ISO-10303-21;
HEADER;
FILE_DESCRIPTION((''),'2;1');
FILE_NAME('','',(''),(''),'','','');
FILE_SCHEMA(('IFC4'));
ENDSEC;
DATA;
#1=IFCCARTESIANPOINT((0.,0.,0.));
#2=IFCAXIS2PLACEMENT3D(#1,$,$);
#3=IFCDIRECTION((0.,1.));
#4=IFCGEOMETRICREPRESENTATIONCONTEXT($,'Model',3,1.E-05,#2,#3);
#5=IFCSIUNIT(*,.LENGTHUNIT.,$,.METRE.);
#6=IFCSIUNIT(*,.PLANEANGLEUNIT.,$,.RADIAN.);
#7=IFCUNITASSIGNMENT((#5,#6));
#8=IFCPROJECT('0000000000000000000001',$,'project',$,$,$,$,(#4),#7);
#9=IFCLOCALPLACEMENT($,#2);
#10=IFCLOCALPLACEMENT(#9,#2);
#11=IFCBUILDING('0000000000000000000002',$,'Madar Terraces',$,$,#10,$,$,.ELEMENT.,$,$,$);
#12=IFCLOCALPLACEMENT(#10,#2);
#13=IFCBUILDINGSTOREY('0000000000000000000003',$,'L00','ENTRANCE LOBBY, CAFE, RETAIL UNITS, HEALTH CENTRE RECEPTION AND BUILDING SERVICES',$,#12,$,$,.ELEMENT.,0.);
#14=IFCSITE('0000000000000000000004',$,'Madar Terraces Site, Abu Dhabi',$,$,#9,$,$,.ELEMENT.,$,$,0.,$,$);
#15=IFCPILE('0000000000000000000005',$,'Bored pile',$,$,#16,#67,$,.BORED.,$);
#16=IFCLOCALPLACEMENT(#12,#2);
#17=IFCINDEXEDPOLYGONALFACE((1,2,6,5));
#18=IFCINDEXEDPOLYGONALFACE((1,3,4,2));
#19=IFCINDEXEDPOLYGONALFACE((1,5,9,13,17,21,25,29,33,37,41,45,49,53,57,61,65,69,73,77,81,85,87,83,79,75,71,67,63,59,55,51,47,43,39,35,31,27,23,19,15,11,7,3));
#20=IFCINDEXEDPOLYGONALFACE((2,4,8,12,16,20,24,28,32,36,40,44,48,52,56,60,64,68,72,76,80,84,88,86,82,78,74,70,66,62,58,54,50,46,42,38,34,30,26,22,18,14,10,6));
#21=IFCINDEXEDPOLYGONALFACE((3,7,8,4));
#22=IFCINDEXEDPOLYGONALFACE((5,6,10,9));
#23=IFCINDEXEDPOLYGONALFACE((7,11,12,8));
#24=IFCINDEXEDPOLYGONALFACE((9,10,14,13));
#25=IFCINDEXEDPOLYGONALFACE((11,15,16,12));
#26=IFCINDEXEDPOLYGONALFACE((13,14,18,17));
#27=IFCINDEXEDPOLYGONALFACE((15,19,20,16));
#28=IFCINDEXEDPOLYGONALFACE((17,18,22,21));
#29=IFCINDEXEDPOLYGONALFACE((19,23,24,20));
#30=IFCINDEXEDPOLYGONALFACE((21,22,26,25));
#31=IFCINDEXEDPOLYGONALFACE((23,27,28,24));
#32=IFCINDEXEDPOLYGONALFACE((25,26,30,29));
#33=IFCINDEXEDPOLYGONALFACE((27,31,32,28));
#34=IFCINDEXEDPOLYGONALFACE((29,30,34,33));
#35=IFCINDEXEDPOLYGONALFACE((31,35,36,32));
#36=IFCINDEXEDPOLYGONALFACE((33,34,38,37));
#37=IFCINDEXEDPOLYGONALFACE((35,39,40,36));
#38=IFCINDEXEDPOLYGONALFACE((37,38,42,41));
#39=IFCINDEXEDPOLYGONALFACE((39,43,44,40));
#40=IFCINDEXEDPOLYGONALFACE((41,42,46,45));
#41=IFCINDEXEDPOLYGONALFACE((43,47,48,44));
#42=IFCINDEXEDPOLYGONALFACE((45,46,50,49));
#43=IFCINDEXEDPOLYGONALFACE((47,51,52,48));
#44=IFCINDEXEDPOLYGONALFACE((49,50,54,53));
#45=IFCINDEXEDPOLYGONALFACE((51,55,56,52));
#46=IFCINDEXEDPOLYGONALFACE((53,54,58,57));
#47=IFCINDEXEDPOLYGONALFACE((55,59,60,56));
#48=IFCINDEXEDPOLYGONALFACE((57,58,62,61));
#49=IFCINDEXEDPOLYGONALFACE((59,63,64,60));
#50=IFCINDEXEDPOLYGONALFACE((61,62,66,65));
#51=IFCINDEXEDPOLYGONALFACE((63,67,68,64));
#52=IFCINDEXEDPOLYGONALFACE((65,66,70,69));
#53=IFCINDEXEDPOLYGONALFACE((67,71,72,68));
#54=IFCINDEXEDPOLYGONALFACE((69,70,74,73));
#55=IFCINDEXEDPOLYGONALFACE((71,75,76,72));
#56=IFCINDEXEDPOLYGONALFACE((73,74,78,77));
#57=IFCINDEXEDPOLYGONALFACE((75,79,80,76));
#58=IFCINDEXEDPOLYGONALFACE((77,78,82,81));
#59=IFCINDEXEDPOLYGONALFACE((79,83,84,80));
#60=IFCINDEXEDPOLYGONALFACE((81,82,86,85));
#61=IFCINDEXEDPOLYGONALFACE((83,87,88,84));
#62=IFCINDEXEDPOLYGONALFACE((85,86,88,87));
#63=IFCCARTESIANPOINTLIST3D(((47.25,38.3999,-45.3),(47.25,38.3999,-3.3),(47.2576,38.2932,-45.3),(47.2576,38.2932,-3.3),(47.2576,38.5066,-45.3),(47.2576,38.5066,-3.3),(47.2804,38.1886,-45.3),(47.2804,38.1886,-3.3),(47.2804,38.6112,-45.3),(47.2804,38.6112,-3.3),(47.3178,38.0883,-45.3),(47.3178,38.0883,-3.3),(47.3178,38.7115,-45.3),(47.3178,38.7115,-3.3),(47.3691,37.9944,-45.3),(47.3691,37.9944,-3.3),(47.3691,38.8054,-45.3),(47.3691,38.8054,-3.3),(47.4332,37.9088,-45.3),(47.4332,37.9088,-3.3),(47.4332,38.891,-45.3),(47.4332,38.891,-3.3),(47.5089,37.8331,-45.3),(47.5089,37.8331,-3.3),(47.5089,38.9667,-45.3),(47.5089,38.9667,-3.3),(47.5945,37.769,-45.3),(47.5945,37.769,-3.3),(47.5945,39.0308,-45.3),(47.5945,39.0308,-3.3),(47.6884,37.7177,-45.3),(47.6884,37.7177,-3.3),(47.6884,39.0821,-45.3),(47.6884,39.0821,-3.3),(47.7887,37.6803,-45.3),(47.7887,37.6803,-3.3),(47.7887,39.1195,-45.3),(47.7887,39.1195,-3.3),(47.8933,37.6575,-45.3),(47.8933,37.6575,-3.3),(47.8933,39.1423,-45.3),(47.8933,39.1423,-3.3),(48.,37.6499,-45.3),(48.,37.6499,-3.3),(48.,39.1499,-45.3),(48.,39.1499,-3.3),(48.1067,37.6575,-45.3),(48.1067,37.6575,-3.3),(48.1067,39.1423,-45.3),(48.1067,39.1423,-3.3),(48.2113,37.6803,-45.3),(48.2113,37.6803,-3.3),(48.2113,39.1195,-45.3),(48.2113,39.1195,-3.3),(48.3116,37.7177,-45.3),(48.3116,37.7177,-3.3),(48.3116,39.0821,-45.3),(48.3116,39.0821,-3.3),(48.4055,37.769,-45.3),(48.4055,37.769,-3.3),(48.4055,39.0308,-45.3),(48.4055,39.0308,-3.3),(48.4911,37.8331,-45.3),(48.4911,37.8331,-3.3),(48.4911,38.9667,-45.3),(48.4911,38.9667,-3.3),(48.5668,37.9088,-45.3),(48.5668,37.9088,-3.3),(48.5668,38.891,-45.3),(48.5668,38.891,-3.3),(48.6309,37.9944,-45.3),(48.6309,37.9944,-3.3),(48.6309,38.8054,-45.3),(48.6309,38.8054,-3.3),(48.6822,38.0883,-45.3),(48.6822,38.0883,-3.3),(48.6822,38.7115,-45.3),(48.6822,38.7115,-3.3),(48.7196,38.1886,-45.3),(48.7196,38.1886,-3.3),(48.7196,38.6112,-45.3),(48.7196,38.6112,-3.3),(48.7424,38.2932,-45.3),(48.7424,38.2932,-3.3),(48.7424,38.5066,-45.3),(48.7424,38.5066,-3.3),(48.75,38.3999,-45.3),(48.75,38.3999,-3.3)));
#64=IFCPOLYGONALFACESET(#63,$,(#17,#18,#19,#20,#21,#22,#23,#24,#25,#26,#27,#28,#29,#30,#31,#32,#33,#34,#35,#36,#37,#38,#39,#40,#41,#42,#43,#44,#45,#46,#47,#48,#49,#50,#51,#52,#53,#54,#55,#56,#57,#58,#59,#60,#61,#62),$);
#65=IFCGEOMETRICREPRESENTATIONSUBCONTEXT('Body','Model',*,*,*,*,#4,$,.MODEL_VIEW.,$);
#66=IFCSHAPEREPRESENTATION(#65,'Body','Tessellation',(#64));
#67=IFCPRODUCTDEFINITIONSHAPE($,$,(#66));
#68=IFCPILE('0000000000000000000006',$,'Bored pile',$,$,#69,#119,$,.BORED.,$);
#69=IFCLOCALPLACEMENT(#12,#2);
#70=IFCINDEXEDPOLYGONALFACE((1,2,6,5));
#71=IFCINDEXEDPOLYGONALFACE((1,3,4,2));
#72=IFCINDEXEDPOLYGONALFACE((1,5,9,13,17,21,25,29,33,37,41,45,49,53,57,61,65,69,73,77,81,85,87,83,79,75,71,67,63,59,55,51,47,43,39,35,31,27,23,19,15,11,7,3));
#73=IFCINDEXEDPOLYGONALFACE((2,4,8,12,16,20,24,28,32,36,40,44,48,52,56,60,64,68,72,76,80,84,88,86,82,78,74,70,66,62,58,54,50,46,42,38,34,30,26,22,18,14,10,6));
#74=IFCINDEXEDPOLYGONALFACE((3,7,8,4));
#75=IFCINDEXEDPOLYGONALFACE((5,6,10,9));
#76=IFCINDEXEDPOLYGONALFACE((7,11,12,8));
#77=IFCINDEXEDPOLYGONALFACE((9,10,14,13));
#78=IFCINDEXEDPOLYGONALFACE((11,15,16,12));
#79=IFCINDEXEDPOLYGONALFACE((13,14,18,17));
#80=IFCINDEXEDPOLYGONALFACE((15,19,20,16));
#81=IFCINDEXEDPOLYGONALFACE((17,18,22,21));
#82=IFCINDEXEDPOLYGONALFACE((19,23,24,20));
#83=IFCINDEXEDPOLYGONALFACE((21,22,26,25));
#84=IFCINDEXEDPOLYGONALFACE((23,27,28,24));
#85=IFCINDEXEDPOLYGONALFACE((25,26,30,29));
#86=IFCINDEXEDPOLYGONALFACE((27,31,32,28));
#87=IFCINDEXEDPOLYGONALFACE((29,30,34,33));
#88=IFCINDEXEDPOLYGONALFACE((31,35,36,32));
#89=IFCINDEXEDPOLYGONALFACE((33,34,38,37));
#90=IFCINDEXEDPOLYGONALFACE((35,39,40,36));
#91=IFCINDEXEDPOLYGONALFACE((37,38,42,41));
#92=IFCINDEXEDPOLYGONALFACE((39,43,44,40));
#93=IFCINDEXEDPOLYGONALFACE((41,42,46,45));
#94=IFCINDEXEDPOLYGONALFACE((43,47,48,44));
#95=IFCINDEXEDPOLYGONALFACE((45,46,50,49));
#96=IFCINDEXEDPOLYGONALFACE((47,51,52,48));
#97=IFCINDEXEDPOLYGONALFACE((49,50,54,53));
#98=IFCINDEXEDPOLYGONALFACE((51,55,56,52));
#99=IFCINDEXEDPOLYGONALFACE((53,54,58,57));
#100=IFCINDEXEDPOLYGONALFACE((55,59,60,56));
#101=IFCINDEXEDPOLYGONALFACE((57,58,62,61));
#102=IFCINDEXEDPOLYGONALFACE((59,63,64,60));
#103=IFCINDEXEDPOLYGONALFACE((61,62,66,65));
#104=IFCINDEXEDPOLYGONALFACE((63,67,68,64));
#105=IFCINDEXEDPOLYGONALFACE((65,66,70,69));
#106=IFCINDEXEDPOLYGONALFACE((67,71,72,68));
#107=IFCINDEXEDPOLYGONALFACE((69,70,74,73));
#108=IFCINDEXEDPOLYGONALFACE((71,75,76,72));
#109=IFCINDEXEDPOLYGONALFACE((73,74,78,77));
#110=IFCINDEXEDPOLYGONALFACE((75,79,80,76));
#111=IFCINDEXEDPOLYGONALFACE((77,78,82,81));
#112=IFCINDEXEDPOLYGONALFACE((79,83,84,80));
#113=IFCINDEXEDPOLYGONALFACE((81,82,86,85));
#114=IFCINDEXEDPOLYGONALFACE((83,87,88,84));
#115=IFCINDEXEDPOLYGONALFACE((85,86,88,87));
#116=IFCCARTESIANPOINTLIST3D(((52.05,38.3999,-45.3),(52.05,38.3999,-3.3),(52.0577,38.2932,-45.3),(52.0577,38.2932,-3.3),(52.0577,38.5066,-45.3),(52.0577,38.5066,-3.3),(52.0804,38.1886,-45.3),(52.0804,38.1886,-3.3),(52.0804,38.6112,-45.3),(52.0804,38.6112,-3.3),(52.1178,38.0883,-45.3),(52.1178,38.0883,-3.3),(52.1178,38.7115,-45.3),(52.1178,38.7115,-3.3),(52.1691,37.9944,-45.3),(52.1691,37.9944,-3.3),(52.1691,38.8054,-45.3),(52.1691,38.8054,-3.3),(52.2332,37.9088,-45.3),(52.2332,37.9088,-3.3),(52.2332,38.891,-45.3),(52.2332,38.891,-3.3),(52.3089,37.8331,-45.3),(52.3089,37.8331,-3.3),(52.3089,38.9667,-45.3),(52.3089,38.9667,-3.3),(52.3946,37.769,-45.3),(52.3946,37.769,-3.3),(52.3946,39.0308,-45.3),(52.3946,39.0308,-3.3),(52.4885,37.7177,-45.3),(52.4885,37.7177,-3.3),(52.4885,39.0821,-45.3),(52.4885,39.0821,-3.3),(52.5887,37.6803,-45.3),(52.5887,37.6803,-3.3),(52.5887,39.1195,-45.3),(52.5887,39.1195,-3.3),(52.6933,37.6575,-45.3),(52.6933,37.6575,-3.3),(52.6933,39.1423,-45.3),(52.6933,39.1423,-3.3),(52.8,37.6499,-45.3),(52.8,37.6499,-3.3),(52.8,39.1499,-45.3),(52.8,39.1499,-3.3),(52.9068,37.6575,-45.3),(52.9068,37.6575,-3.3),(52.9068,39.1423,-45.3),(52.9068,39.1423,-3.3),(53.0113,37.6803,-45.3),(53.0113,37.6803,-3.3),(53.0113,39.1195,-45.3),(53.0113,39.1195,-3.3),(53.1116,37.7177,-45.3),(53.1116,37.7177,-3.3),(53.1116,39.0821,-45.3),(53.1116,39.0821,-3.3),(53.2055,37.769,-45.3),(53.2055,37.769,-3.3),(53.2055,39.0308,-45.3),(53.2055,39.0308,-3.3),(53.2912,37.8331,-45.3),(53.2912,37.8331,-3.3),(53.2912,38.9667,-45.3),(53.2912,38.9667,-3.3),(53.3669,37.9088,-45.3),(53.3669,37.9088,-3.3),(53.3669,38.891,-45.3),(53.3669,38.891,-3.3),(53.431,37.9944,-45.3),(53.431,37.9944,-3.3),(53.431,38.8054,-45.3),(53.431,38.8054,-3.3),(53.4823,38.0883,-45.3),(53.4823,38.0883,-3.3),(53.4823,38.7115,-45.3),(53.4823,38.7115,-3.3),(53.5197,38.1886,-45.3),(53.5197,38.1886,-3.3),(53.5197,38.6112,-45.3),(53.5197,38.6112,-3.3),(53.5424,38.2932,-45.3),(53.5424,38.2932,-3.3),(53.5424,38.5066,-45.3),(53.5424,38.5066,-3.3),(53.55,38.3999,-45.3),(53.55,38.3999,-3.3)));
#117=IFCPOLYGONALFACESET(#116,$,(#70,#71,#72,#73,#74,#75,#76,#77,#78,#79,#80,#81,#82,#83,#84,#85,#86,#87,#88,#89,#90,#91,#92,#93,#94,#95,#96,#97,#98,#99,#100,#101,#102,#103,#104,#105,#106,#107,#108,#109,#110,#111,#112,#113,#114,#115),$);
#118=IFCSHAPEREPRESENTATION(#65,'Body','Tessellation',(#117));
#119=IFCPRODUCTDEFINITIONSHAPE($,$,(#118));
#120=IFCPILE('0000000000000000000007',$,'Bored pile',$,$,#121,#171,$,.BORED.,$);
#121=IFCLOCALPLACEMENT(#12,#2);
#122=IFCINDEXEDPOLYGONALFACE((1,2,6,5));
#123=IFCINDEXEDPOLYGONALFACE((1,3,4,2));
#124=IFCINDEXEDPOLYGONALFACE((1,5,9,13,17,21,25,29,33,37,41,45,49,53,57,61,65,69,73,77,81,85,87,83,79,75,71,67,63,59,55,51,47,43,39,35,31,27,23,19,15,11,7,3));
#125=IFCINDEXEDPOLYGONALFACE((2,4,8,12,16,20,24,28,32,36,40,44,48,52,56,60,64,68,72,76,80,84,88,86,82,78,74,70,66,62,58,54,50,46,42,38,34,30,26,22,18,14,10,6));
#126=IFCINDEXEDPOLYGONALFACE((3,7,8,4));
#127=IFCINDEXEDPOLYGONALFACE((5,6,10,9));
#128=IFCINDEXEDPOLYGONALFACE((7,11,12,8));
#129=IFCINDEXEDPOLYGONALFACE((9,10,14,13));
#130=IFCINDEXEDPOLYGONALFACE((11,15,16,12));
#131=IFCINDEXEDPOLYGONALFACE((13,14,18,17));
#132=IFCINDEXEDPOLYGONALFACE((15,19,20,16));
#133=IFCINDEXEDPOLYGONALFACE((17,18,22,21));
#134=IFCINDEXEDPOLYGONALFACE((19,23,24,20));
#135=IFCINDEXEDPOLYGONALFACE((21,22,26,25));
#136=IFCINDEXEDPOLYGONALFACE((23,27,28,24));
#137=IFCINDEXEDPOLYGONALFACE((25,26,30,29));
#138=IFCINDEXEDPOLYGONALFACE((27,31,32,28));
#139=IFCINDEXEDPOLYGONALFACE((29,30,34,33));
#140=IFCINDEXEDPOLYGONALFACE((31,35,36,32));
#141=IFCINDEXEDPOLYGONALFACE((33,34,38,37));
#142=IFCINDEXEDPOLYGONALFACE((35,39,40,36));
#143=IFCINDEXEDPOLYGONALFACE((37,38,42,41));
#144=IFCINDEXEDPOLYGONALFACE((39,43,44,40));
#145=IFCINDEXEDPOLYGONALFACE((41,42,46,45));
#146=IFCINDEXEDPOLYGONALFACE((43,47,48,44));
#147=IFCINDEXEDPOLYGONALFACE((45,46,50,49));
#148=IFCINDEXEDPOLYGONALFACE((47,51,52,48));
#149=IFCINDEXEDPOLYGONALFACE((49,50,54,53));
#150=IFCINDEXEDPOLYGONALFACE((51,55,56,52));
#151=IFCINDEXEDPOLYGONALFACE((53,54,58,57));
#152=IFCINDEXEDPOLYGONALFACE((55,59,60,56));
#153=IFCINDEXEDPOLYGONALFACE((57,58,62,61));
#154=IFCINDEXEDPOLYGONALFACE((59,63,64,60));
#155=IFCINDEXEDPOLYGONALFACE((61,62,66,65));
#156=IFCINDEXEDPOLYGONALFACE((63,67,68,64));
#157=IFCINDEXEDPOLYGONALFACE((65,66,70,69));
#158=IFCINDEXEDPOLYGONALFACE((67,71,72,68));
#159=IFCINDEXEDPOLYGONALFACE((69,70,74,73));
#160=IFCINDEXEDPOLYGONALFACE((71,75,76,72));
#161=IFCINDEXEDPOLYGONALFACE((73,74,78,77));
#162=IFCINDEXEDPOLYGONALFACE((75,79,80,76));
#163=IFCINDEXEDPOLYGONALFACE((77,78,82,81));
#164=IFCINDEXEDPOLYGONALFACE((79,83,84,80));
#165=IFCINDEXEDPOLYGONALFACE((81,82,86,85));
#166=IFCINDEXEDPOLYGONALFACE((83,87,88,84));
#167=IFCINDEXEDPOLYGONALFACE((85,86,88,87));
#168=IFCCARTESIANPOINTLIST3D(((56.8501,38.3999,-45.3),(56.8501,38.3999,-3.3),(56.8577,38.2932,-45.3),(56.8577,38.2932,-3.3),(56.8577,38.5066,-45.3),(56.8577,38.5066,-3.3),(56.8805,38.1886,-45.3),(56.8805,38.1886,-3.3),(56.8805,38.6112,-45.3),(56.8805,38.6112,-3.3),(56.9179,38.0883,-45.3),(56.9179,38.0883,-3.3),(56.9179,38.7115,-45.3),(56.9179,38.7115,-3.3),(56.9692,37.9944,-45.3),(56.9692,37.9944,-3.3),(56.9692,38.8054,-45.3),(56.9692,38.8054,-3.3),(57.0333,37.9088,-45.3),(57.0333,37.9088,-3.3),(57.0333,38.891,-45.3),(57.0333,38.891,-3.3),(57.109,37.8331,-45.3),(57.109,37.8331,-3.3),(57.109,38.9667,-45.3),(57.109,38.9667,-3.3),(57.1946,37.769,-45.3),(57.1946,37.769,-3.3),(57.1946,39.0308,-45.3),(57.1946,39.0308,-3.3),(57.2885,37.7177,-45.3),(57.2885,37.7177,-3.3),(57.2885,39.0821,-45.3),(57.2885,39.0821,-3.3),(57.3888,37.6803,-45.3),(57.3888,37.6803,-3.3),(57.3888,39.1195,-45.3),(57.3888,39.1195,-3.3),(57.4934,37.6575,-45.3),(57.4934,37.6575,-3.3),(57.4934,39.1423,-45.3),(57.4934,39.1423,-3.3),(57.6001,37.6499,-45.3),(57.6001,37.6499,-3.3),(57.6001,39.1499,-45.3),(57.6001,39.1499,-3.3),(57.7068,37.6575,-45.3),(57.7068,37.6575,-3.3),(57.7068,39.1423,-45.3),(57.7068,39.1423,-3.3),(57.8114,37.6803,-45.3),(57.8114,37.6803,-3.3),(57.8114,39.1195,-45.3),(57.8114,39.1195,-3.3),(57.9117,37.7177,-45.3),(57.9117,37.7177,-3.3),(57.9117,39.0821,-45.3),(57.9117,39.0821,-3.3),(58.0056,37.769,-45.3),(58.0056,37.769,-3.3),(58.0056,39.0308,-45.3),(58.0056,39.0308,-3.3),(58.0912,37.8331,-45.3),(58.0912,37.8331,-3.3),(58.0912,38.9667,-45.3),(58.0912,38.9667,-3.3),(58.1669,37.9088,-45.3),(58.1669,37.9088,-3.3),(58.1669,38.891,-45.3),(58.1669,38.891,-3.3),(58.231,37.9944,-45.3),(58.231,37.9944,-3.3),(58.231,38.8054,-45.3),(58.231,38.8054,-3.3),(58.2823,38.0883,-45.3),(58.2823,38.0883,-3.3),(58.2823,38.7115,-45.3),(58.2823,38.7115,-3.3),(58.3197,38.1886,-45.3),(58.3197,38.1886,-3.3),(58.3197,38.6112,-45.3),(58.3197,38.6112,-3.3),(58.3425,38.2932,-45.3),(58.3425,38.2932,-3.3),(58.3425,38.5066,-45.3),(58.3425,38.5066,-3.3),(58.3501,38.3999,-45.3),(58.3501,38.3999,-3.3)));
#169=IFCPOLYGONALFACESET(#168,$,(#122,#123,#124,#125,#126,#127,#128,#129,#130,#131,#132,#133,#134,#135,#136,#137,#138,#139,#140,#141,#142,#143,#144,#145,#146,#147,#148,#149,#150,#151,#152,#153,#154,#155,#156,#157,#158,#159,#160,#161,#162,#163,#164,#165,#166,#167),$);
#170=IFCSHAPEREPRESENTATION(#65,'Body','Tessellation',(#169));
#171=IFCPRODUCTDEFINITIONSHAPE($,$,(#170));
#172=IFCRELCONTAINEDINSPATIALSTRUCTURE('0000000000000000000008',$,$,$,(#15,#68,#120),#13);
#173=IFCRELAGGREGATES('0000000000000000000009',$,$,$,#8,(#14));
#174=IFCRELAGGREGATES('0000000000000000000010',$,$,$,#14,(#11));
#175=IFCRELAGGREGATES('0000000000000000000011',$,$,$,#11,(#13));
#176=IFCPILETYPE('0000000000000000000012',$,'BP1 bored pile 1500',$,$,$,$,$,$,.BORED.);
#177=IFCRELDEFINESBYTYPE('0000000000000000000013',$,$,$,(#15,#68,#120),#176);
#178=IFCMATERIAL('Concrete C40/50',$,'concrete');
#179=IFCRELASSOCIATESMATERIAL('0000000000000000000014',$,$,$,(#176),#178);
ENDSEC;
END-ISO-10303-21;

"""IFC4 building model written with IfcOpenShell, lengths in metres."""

from ifc_helpers import new_model, si_unit, direction, frame, origin, origin_2d, place, context, subcontext, project, spatial, circle, extrude, material, material_profile, profile_set, type_object, element, save


model = new_model("IFC4")

# Units and contexts
model_context = context("Model", 3, precision=1e-05, world=origin(), true_north=direction((0.0, 1.0)))
body_context = subcontext(model_context, "Body", "Model", "MODEL_VIEW")
ifc_project = project(units=[si_unit("LENGTHUNIT", "METRE"), si_unit("PLANEANGLEUNIT", "RADIAN")], contexts=[model_context])

# Site, building, storey
site_placement = place(None, origin())
site = spatial("IfcSite", under=ifc_project, at=site_placement, Name="Madar Terraces Site, Abu Dhabi", CompositionType="ELEMENT", RefElevation=0.0)
building_placement = place(site_placement, origin())
building = spatial("IfcBuilding", under=site, at=building_placement, Name="Madar Terraces", CompositionType="ELEMENT")
storey_placement = place(building_placement, origin())
storey = spatial("IfcBuildingStorey", under=building, at=storey_placement, Name="L00", Description="ENTRANCE LOBBY, CAFE, RETAIL UNITS, HEALTH CENTRE RECEPTION AND BUILDING SERVICES", CompositionType="ELEMENT", Elevation=0.0)

# Piles
ifc_material_1 = material(Name="Concrete C40/50", Category="concrete")
ifc_material_profile_1 = material_profile(ifc_material_1, circle(Radius=0.75, at=origin_2d()), Name="BP1 bored pile 1500")
ifc_profile_set_1 = profile_set([ifc_material_profile_1], Name="Concrete C40/50")
pile_type = type_object("IfcPileType", Name="BP1 bored pile 1500", PredefinedType="BORED", material=ifc_profile_set_1)
for number, where, z_axis, x_axis, name in (
    (1, (48.0, 38.3999, -3.3), (0.0, 0.0, -1.0), (1.0, 0.0, 0.0), "Bored pile"),
    (2, (52.8, 38.3999, -3.3), (0.0, 0.0, -1.0), (1.0, 0.0, 0.0), "Bored pile"),
    (3, (57.6001, 38.3999, -3.3), (0.0, 0.0, -1.0), (1.0, 0.0, 0.0), "Bored pile"),
):
    element("IfcPile", number, at=place(storey_placement, frame(where, z_axis=z_axis, x_axis=x_axis)), inside=storey, type_object=pile_type, Name=name, PredefinedType="BORED", context=body_context, shape_type="SweptSolid", body=[
        extrude(circle(Radius=0.75, at=origin_2d()), origin(), (0.0, 0.0, 1.0), 42.0),
    ])

save(model, "model.ifc")
